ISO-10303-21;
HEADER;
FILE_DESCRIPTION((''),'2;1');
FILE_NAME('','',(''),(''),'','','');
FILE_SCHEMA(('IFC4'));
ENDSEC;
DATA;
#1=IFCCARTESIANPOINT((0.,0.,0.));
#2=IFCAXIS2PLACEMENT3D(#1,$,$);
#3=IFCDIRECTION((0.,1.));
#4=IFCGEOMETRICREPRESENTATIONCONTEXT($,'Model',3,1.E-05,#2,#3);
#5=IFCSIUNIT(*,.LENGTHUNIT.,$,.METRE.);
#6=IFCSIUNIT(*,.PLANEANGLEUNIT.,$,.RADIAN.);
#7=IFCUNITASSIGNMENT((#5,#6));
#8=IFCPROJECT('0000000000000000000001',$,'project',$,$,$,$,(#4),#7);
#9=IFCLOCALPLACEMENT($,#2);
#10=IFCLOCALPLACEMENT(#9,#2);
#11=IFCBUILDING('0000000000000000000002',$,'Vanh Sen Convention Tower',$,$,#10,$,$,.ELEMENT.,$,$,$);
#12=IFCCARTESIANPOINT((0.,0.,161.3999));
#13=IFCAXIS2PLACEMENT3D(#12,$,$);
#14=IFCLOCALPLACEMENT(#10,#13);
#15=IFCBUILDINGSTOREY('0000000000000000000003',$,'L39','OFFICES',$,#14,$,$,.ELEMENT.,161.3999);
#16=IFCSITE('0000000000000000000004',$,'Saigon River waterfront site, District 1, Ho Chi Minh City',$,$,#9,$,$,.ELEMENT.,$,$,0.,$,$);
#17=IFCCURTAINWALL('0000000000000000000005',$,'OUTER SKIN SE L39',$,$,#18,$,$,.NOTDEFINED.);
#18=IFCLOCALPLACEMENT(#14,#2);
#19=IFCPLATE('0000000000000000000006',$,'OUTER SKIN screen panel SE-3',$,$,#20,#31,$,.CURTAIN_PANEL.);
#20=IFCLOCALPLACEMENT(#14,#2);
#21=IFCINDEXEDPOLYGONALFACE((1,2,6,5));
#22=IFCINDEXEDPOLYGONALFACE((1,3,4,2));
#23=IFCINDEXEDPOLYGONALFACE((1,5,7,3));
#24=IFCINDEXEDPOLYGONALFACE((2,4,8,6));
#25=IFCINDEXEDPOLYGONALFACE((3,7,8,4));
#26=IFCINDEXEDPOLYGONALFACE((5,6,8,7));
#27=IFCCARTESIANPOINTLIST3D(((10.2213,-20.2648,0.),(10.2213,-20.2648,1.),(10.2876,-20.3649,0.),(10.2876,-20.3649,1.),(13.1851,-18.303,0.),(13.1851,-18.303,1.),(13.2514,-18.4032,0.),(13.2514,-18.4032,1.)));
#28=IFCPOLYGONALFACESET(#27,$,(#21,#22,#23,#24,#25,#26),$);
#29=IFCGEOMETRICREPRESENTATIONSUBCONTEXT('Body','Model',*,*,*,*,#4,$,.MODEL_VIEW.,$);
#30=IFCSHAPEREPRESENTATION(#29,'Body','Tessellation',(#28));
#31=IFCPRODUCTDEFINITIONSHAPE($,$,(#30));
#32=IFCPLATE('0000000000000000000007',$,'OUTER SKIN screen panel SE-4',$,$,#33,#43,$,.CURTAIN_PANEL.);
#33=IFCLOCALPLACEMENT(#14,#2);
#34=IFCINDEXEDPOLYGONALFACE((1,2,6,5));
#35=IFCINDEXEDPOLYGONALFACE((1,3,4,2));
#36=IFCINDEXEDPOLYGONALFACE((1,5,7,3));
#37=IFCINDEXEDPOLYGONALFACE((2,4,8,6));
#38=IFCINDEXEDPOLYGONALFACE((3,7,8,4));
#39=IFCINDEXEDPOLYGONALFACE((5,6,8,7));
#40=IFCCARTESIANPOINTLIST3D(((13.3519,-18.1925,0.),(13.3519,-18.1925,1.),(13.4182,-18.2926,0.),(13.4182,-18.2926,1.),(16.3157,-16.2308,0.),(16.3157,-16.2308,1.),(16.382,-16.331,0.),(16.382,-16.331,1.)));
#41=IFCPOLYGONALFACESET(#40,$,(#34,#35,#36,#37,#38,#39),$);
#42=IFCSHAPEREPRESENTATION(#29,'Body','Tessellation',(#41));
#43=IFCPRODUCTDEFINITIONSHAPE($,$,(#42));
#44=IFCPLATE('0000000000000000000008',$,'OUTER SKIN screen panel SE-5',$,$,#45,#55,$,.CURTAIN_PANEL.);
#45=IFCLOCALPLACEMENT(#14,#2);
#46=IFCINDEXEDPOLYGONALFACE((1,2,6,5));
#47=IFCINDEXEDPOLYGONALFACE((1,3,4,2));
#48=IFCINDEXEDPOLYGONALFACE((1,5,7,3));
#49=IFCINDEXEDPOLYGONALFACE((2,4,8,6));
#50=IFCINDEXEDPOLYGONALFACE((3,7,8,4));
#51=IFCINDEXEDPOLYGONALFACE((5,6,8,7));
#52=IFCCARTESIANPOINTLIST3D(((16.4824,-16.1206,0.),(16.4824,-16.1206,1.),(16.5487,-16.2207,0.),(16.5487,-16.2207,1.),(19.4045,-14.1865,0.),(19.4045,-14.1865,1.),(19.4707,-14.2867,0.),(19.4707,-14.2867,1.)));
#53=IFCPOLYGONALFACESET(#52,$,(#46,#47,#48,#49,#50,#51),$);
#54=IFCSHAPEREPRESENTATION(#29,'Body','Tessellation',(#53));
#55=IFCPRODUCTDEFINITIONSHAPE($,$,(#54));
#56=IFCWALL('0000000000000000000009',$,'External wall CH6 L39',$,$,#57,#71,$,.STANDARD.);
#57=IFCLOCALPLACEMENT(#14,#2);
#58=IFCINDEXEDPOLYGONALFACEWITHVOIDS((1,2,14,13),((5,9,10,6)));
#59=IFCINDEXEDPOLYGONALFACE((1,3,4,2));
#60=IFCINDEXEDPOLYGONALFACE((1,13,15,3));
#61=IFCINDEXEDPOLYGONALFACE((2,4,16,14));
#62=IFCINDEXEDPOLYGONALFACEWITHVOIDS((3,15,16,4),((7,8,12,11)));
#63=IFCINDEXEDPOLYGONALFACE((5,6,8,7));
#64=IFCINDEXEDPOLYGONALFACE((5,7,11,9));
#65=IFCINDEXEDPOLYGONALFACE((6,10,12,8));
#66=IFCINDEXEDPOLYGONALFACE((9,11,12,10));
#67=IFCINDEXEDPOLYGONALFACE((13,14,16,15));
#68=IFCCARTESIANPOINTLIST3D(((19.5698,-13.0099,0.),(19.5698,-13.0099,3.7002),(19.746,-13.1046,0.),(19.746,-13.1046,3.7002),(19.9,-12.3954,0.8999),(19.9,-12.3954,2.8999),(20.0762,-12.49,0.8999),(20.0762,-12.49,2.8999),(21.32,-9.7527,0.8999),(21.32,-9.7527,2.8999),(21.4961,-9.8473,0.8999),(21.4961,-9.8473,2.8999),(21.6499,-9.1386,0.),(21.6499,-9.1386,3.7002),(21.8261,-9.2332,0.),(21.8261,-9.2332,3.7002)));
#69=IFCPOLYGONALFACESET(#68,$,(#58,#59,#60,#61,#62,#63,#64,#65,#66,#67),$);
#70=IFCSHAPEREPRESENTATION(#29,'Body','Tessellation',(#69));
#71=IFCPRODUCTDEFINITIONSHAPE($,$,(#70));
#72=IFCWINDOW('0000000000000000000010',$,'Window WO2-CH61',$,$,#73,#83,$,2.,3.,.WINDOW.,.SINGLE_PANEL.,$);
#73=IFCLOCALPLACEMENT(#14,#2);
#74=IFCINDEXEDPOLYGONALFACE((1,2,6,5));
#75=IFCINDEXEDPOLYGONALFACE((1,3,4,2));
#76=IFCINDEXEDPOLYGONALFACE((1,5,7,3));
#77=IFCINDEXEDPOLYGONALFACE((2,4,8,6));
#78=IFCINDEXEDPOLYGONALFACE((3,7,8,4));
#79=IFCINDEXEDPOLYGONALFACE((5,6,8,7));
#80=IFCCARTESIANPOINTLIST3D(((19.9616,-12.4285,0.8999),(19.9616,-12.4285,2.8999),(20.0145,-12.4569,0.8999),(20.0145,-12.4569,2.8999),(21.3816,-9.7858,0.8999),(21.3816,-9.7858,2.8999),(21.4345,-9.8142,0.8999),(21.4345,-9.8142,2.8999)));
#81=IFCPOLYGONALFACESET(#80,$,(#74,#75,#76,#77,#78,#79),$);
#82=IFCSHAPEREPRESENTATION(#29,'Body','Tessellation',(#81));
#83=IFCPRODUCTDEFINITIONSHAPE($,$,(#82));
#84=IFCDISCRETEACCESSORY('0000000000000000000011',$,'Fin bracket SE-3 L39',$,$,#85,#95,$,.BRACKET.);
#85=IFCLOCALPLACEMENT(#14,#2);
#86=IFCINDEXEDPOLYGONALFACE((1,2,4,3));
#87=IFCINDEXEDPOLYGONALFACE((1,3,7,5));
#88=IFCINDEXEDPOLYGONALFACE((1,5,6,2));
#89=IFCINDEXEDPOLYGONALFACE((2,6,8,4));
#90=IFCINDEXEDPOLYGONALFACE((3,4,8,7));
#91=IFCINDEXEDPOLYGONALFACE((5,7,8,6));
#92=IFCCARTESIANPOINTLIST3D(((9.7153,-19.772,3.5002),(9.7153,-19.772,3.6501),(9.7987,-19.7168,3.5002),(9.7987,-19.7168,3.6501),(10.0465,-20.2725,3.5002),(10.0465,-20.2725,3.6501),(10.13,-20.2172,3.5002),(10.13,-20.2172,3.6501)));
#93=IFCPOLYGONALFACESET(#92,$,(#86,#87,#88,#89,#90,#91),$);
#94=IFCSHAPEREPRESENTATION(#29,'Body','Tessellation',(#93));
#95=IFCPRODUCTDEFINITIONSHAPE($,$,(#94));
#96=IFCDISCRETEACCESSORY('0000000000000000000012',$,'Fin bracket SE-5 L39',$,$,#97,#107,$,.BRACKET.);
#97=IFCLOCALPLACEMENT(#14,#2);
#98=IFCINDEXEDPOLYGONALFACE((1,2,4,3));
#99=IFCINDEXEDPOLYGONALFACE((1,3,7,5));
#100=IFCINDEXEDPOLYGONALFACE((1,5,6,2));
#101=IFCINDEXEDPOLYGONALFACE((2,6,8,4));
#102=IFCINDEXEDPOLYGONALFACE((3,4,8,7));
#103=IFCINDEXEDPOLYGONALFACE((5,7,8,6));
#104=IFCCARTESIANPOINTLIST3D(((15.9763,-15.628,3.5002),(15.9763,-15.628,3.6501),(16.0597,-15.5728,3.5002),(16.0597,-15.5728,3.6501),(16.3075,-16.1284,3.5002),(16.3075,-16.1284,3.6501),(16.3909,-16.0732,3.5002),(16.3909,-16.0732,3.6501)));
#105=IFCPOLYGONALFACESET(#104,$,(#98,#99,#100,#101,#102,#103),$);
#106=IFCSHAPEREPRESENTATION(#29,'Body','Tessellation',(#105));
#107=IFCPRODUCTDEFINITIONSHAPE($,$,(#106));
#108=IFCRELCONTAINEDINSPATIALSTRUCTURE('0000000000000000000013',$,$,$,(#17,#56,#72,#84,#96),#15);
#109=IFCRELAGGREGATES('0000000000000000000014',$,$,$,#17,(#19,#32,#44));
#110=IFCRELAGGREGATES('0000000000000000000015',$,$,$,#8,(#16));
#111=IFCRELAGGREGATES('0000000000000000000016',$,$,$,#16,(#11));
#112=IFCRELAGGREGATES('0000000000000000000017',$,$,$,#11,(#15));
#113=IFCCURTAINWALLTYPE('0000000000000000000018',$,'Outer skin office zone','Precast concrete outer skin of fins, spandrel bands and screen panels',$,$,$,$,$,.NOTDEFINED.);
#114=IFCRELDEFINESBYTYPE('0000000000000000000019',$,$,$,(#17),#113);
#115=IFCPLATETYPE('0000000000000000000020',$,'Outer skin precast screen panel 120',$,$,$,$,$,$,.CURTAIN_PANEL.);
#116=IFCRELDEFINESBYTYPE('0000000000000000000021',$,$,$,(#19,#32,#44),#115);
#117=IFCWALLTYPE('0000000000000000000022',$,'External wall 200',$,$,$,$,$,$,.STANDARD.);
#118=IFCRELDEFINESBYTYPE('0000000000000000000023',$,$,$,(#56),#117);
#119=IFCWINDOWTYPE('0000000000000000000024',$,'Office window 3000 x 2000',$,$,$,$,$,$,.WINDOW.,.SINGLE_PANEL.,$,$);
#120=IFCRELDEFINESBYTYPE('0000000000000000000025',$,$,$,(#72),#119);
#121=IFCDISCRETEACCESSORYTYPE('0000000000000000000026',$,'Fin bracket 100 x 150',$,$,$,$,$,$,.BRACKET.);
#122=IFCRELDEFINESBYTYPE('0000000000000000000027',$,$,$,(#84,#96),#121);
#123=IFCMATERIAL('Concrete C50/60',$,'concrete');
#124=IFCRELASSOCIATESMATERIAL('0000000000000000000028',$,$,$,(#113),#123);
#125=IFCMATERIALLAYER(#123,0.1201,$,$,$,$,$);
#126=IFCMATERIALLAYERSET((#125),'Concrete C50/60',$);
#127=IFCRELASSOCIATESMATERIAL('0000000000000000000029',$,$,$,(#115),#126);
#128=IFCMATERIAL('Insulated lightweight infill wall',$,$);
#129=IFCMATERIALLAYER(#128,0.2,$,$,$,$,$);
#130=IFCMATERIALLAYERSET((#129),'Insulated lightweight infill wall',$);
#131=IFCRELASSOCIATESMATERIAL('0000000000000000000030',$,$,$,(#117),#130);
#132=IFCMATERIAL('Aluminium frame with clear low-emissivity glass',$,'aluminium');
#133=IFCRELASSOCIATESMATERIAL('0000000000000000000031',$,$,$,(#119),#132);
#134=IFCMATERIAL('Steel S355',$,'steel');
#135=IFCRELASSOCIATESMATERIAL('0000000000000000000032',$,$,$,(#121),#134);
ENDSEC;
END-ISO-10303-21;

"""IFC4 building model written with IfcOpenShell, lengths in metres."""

from ifc_helpers import new_model, si_unit, direction, frame, frame_2d, origin, origin_2d, place, context, subcontext, project, spatial, rectangle, extrude, material, layer, layer_set, type_object, element, fill, aggregate, save


model = new_model("IFC4")

# Units and contexts
model_context = context("Model", 3, precision=1e-05, world=origin(), true_north=direction((0.0, 1.0)))
body_context = subcontext(model_context, "Body", "Model", "MODEL_VIEW")
ifc_project = project(units=[si_unit("LENGTHUNIT", "METRE"), si_unit("PLANEANGLEUNIT", "RADIAN")], contexts=[model_context])

# Site, building, storey
site_placement = place(None, origin())
site = spatial("IfcSite", under=ifc_project, at=site_placement, Name="Saigon River waterfront site, District 1, Ho Chi Minh City", CompositionType="ELEMENT", RefElevation=0.0)
building_placement = place(site_placement, origin())
building = spatial("IfcBuilding", under=site, at=building_placement, Name="Vanh Sen Convention Tower", CompositionType="ELEMENT")
storey_placement = place(building_placement, frame((0.0, 0.0, 161.3999)))
storey = spatial("IfcBuildingStorey", under=building, at=storey_placement, Name="L39", Description="OFFICES", CompositionType="ELEMENT", Elevation=161.3999)

# Curtain wall
ifc_material_1 = material(Name="Concrete C50/60", Category="concrete")
curtain_wall_type = type_object("IfcCurtainWallType", Name="Outer skin office zone", Description="Precast concrete outer skin of fins, spandrel bands and screen panels", PredefinedType="NOTDEFINED", material=ifc_material_1)
curtain_wall_1_placement = place(storey_placement, origin())
curtain_wall_1 = element("IfcCurtainWall", 1, at=curtain_wall_1_placement, inside=storey, type_object=curtain_wall_type, Name="OUTER SKIN SE L39", PredefinedType="NOTDEFINED")

# Plates
ifc_layer_1 = layer(ifc_material_1, 0.1201)
ifc_layer_set_1 = layer_set([ifc_layer_1], Name="Concrete C50/60")
plate_type = type_object("IfcPlateType", Name="Outer skin precast screen panel 120", PredefinedType="CURTAIN_PANEL", material=ifc_layer_set_1)
plate_1_placement = place(storey_placement, frame((11.7363, -19.334, 0.0), z_axis=(0.0, 0.0, 1.0), x_axis=(0.833877, 0.55195, 0.0)))
plate_1 = element("IfcPlate", 2, at=plate_1_placement, type_object=plate_type, Name="OUTER SKIN screen panel SE-3", PredefinedType="CURTAIN_PANEL", context=body_context, shape_type="SweptSolid", body=[
    extrude(rectangle(XDim=3.5542, YDim=0.1201, at=origin_2d()), origin(), (0.0, 0.0, 1.0), 1.0),
])
plate_2_placement = place(storey_placement, frame((14.8669, -17.2617, 0.0), z_axis=(0.0, 0.0, 1.0), x_axis=(0.83389, 0.551931, 0.0)))
plate_2 = element("IfcPlate", 3, at=plate_2_placement, type_object=plate_type, Name="OUTER SKIN screen panel SE-4", PredefinedType="CURTAIN_PANEL", context=body_context, shape_type="SweptSolid", body=[
    extrude(rectangle(XDim=3.5542, YDim=0.1201, at=origin_2d()), origin(), (0.0, 0.0, 1.0), 1.0),
])
plate_3_placement = place(storey_placement, frame((17.9766, -15.2036, 0.0), z_axis=(0.0, 0.0, 1.0), x_axis=(0.83389, 0.551931, 0.0)))
plate_3 = element("IfcPlate", 4, at=plate_3_placement, type_object=plate_type, Name="OUTER SKIN screen panel SE-5", PredefinedType="CURTAIN_PANEL", context=body_context, shape_type="SweptSolid", body=[
    extrude(rectangle(XDim=3.5042, YDim=0.1201, at=origin_2d()), origin(), (0.0, 0.0, 1.0), 1.0),
])
aggregate(curtain_wall_1, [plate_1, plate_2, plate_3])

# Wall, opening, window
ifc_material_2 = material(Name="Insulated lightweight infill wall")
ifc_layer_2 = layer(ifc_material_2, 0.2)
ifc_layer_set_2 = layer_set([ifc_layer_2], Name="Insulated lightweight infill wall")
wall_type = type_object("IfcWallType", Name="External wall 200", PredefinedType="STANDARD", material=ifc_layer_set_2)
wall_placement = place(storey_placement, frame((19.658, -13.0571, 0.0), z_axis=(0.0, 0.0, 1.0), x_axis=(0.473308, 0.880897, 0.0)))
wall = element("IfcWall", 5, at=wall_placement, inside=storey, type_object=wall_type, Name="External wall CH6 L39", PredefinedType="STANDARD", context=body_context, shape_type="SweptSolid", body=[
    extrude(rectangle(XDim=4.3948, YDim=0.2, at=frame_2d((2.1973, 0.0))), origin(), (0.0, 0.0, 1.0), 3.7002),
])
opening_placement = place(wall_placement, frame((0.6975, 0.0, 0.8999)))
opening = element("IfcOpeningElement", 6, at=opening_placement, cuts=wall, PredefinedType="OPENING", context=body_context, shape_type="SweptSolid", body=[
    extrude(rectangle(XDim=3.0, YDim=2.0, at=frame_2d((1.5, 1.0))), frame((0.0, 0.1099, 0.0), z_axis=(0.0, -1.0, 0.0), x_axis=(1.0, 0.0, 0.0)), (0.0, 0.0, 1.0), 0.22),
])
ifc_material_3 = material(Name="Aluminium frame with clear low-emissivity glass", Category="aluminium")
window_type = type_object("IfcWindowType", Name="Office window 3000 x 2000", PartitioningType="SINGLE_PANEL", PredefinedType="WINDOW", material=ifc_material_3)
window_placement = place(opening_placement, origin())
window = element("IfcWindow", 7, at=window_placement, inside=storey, type_object=window_type, Name="Window WO2-CH61", OverallHeight=2.0, OverallWidth=3.0, PartitioningType="SINGLE_PANEL", PredefinedType="WINDOW", context=body_context, shape_type="SweptSolid", body=[
    extrude(rectangle(XDim=3.0, YDim=2.0, at=frame_2d((1.5, 1.0))), frame((0.0, 0.03, 0.0), z_axis=(0.0, -1.0, 0.0), x_axis=(1.0, 0.0, 0.0)), (0.0, 0.0, 1.0), 0.0601),
])
fill(opening, window)

# Discrete accessories
ifc_material_4 = material(Name="Steel S355", Category="steel")
discrete_accessory_type = type_object("IfcDiscreteAccessoryType", Name="Fin bracket 100 x 150", PredefinedType="BRACKET", material=ifc_material_4)
for number, where, z_axis, x_axis, name in (
    (8, (9.9226, -19.9946, 3.5002), (0.0, 0.0, 1.0), (0.551937, -0.833886, 0.0), "Fin bracket SE-3 L39"),
    (9, (16.1836, -15.8506, 3.5002), (0.0, 0.0, 1.0), (0.551937, -0.833886, 0.0), "Fin bracket SE-5 L39"),
):
    element("IfcDiscreteAccessory", number, at=place(storey_placement, frame(where, z_axis=z_axis, x_axis=x_axis)), inside=storey, type_object=discrete_accessory_type, Name=name, PredefinedType="BRACKET", context=body_context, shape_type="SweptSolid", body=[
        extrude(rectangle(XDim=0.6001, YDim=0.1001, at=origin_2d()), origin(), (0.0, 0.0, 1.0), 0.1499),
    ])

save(model, "model.ifc")
